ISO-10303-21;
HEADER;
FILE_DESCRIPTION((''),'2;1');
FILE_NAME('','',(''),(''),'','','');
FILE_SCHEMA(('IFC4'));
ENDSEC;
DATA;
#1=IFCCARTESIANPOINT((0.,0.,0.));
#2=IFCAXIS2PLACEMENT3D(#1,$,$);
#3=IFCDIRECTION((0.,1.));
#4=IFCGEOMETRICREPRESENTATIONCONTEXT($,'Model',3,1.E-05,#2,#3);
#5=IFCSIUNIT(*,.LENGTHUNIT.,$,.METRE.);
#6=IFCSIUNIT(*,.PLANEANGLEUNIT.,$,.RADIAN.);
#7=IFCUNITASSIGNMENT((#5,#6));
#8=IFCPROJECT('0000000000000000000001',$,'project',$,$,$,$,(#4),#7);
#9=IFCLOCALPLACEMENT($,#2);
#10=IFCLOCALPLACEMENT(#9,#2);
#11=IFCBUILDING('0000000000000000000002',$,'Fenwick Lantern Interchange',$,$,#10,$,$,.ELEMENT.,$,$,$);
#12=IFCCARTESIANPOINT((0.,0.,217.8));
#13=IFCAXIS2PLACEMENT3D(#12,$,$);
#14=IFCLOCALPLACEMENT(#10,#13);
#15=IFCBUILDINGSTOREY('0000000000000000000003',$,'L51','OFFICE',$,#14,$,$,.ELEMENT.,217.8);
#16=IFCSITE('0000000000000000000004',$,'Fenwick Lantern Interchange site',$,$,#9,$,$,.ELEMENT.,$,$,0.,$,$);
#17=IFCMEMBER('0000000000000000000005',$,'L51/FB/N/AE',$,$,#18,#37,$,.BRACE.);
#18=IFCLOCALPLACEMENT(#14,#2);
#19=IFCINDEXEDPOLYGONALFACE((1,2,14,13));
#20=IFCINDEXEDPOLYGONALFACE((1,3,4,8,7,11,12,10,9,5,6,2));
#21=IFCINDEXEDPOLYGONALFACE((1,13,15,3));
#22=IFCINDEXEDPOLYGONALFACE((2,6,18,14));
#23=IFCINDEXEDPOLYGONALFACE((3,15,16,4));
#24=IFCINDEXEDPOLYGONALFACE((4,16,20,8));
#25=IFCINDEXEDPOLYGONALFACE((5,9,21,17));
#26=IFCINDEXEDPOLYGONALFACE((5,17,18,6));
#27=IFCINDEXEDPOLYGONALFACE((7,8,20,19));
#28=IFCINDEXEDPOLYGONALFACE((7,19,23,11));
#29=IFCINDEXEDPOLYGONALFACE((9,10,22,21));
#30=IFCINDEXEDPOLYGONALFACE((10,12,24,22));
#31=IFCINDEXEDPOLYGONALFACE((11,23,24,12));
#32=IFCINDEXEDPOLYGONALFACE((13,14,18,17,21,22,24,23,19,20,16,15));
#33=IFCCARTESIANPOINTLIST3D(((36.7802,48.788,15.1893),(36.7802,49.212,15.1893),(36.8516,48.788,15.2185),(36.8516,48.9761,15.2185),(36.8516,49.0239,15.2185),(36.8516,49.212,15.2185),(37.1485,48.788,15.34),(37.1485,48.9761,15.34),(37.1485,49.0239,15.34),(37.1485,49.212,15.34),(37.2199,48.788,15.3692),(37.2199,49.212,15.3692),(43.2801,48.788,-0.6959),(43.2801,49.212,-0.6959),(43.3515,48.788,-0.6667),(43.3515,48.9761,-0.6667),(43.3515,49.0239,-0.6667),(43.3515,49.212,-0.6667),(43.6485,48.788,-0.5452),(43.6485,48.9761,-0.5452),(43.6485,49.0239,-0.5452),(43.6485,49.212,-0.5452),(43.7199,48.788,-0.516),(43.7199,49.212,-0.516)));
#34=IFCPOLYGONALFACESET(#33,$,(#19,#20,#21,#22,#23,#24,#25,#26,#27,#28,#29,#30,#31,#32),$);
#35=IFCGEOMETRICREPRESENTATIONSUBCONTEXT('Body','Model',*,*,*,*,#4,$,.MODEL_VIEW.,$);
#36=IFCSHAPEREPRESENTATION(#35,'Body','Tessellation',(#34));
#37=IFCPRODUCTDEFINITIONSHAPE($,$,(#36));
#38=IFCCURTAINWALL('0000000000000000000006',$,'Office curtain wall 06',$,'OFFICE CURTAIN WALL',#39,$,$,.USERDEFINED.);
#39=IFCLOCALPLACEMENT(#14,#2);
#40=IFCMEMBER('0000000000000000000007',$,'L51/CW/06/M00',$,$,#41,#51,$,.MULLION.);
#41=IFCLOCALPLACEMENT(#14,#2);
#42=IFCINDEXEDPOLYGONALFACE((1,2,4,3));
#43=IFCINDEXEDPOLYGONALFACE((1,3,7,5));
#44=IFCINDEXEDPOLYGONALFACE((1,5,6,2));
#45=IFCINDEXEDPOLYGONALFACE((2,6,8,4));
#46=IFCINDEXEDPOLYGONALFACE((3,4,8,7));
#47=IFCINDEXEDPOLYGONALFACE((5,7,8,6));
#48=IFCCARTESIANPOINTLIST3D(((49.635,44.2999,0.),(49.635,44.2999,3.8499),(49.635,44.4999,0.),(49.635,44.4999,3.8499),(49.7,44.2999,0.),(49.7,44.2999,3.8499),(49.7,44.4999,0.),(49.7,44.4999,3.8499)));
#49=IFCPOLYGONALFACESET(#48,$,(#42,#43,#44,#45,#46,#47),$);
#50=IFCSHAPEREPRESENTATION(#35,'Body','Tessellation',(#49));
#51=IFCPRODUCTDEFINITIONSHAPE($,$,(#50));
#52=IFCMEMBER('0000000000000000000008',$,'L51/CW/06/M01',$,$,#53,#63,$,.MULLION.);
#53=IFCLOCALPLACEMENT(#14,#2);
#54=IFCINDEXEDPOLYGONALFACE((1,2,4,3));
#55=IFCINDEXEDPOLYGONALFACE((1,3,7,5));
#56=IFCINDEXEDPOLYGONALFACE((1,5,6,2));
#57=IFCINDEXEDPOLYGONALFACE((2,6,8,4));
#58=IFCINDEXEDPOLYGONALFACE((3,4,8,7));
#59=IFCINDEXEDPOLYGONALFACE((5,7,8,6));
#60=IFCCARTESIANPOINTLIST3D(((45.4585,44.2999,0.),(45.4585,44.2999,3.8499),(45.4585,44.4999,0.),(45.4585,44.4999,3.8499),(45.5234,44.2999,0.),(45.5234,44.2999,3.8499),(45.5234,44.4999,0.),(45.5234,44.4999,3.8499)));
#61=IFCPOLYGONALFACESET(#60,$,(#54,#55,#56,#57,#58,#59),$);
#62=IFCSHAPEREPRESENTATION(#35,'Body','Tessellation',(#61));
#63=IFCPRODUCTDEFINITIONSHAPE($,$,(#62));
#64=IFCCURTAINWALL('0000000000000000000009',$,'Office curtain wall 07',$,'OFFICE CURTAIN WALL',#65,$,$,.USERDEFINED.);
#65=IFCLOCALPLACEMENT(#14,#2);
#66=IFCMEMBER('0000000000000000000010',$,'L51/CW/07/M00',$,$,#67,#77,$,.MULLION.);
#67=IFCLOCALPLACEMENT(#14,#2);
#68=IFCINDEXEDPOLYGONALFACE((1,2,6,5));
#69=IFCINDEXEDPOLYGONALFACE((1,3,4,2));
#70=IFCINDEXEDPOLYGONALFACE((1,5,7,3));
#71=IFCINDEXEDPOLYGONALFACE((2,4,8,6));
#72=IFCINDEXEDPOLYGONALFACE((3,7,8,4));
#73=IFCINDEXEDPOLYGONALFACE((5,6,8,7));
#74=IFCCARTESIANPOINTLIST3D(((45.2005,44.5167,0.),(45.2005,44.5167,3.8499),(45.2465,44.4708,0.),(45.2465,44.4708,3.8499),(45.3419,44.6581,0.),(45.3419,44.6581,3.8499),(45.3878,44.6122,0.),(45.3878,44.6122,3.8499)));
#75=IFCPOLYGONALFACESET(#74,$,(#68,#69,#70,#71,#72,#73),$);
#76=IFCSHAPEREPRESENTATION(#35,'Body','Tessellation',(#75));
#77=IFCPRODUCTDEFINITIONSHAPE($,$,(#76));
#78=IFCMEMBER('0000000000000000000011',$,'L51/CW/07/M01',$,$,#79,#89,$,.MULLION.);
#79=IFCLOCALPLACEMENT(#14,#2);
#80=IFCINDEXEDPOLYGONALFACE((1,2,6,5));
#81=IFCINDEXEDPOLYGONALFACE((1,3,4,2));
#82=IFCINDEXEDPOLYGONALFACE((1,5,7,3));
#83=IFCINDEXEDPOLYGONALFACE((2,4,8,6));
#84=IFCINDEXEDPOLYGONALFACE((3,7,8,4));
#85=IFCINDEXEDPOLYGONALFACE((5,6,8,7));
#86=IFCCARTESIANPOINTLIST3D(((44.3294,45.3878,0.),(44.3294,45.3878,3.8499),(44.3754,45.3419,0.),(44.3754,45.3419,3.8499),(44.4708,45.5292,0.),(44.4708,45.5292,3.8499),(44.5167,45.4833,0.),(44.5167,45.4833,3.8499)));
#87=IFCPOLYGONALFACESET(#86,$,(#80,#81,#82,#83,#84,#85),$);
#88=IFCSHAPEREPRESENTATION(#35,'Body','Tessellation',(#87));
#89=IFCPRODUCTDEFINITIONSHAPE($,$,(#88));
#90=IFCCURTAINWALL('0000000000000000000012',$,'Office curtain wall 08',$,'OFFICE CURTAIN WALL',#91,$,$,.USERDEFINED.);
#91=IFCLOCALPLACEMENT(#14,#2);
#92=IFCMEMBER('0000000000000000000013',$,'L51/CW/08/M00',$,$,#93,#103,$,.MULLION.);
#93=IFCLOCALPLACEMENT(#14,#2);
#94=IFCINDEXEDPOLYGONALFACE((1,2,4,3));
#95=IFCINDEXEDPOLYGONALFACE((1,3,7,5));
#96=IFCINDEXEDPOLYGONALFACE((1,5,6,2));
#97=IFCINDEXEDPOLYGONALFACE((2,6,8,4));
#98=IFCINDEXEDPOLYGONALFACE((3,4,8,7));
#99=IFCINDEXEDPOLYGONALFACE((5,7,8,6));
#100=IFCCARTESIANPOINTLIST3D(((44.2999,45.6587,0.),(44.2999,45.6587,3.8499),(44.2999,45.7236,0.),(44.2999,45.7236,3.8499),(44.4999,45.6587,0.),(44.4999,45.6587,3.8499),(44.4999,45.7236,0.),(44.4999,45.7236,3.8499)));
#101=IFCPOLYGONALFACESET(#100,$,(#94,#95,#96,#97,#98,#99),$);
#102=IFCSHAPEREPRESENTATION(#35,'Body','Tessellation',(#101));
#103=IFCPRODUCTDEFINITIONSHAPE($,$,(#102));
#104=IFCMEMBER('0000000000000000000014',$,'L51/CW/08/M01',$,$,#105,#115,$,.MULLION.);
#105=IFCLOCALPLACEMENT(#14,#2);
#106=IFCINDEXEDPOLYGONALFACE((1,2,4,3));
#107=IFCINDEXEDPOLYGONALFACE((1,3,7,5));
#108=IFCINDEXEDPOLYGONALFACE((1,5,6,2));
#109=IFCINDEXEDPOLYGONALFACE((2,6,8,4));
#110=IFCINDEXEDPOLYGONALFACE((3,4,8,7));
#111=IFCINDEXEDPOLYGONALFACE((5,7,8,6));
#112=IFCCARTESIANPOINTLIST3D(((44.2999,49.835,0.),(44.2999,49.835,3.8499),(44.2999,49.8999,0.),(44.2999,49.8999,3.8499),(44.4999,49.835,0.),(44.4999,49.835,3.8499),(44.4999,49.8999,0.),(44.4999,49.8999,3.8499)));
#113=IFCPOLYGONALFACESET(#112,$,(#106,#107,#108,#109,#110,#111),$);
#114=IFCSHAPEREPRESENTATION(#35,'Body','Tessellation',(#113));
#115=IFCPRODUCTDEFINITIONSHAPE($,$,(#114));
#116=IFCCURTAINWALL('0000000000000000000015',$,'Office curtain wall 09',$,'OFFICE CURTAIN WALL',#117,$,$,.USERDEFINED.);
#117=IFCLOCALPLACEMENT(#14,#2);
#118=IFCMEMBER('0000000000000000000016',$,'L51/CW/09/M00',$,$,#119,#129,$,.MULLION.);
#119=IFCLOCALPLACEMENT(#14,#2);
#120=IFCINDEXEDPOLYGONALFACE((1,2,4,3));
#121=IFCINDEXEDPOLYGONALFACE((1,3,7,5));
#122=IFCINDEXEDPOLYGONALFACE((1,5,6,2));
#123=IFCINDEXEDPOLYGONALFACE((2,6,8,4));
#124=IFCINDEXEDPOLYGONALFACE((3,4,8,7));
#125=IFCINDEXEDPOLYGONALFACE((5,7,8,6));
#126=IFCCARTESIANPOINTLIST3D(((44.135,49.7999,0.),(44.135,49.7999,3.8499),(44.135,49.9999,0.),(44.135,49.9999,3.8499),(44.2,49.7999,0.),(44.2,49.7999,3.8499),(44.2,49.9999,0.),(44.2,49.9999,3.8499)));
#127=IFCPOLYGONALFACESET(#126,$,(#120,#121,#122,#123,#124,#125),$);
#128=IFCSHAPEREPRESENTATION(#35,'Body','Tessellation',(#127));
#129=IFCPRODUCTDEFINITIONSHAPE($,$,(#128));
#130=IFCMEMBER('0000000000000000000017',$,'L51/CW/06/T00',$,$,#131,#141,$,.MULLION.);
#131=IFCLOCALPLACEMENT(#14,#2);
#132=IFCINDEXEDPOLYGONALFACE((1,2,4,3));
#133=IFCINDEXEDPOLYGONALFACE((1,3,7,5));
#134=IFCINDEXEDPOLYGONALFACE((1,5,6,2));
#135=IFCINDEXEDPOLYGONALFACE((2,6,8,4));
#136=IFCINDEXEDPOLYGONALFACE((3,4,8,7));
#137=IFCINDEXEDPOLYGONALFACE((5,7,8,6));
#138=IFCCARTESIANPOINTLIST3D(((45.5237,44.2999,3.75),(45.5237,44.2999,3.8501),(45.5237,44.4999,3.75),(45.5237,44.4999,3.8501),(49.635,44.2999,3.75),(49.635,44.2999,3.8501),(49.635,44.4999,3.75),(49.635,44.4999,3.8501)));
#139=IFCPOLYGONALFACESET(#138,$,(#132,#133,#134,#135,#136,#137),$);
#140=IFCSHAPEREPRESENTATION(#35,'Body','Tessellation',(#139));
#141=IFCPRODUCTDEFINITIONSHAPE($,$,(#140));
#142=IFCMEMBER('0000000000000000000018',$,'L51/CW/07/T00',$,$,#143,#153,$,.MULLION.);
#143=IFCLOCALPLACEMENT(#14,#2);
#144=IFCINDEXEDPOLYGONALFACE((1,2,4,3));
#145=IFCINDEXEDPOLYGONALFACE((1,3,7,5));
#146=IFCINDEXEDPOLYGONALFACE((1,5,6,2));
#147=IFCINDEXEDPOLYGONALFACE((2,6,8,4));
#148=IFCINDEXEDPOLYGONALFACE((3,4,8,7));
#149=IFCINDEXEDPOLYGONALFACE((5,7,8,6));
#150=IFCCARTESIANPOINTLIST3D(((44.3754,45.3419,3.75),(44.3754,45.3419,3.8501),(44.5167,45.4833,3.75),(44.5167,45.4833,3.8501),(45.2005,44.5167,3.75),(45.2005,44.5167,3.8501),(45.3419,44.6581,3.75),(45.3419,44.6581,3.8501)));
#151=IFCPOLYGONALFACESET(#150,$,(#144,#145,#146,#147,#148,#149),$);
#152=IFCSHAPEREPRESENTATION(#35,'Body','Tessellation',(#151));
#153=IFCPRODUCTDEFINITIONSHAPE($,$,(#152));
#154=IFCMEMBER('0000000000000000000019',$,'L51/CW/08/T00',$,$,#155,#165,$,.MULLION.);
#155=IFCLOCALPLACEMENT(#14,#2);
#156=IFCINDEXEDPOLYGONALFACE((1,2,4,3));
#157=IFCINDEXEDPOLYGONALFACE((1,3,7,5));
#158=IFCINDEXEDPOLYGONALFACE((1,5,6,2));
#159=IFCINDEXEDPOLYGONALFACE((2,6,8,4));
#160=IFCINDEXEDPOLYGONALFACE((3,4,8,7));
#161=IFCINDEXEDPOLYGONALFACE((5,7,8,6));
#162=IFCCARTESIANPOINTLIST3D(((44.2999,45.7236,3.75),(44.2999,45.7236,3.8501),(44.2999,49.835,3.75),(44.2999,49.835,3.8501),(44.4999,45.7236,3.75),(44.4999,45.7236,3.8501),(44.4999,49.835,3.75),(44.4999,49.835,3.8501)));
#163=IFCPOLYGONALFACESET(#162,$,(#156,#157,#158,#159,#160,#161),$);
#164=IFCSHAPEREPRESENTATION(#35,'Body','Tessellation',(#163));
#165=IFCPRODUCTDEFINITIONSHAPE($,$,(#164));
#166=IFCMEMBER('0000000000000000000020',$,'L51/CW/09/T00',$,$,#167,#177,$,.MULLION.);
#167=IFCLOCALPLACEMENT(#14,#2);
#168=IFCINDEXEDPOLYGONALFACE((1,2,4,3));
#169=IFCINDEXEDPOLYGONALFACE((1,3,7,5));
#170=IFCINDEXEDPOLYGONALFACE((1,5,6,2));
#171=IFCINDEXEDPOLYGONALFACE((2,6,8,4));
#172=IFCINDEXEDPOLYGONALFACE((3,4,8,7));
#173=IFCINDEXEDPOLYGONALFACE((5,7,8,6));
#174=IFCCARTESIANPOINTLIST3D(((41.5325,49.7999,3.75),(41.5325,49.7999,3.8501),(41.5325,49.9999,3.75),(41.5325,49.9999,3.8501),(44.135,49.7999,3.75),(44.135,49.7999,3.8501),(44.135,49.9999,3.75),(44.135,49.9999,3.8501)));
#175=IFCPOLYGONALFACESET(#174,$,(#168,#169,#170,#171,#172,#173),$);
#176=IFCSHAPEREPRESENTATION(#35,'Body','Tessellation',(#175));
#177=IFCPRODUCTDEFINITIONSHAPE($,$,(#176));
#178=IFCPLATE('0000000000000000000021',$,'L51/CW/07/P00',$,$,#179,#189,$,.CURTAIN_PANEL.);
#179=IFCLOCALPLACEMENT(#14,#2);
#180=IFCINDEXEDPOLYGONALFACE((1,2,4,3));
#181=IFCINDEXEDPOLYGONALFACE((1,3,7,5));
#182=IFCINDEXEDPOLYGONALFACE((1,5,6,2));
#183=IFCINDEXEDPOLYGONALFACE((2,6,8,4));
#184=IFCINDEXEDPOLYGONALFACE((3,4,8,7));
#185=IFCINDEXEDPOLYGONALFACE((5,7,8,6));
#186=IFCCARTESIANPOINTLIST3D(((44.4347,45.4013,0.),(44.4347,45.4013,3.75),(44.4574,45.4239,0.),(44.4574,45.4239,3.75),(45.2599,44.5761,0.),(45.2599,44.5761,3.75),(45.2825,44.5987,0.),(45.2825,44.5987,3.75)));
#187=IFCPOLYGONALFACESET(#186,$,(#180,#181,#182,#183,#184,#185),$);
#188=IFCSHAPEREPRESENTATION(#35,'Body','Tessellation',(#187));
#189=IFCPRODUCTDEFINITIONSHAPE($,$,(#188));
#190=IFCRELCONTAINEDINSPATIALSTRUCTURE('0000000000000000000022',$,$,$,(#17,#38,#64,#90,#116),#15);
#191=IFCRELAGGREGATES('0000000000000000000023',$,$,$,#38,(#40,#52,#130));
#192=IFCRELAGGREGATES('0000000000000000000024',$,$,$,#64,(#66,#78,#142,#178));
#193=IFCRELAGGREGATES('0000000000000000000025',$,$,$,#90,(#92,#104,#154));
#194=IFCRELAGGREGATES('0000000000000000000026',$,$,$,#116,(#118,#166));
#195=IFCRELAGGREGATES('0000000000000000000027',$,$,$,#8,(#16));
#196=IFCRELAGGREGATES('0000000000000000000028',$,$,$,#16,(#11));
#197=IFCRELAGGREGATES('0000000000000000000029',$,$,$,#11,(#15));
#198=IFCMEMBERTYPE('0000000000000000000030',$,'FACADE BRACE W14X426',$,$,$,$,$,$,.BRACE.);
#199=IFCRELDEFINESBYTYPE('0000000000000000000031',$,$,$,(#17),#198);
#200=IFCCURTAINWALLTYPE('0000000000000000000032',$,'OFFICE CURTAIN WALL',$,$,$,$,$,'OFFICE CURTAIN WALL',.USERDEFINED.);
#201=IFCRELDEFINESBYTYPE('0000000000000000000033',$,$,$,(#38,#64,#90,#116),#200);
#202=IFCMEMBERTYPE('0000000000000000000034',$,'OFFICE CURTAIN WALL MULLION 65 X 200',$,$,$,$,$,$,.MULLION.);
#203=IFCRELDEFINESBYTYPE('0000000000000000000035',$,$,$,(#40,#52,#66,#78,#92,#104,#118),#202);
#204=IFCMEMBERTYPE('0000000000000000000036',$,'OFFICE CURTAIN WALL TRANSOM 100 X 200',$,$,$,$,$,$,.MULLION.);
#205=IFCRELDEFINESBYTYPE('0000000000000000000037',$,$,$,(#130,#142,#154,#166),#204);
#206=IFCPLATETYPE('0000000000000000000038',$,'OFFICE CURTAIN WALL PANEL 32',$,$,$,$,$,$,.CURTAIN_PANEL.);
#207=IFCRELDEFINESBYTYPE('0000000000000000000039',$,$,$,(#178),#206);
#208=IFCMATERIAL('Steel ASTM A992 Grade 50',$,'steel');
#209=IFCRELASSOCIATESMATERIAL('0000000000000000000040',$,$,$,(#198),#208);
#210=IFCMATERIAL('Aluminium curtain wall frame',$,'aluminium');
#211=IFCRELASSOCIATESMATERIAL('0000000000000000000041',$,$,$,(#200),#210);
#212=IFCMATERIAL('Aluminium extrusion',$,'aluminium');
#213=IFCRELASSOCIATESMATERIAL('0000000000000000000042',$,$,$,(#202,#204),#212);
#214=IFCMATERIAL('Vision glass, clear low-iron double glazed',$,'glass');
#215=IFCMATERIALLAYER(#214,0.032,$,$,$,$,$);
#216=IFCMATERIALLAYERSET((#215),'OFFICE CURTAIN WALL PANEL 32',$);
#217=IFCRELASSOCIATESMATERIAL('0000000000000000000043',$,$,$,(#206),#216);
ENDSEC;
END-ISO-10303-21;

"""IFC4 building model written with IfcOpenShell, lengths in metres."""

from ifc_helpers import new_model, si_unit, direction, frame, origin, origin_2d, place, context, subcontext, project, spatial, rectangle, i_section, extrude, material, layer, layer_set, material_profile, profile_set, type_object, element, aggregate, save


model = new_model("IFC4")

# Units and contexts
model_context = context("Model", 3, precision=1e-05, world=origin(), true_north=direction((0.0, 1.0)))
body_context = subcontext(model_context, "Body", "Model", "MODEL_VIEW")
ifc_project = project(units=[si_unit("LENGTHUNIT", "METRE"), si_unit("PLANEANGLEUNIT", "RADIAN")], contexts=[model_context])

# Site, building, storey
site_placement = place(None, origin())
site = spatial("IfcSite", under=ifc_project, at=site_placement, Name="Fenwick Lantern Interchange site", CompositionType="ELEMENT", RefElevation=0.0)
building_placement = place(site_placement, origin())
building = spatial("IfcBuilding", under=site, at=building_placement, Name="Fenwick Lantern Interchange", CompositionType="ELEMENT")
storey_placement = place(building_placement, frame((0.0, 0.0, 217.8)))
storey = spatial("IfcBuildingStorey", under=building, at=storey_placement, Name="L51", Description="OFFICE", CompositionType="ELEMENT", Elevation=217.8)

# Member
ifc_material_1 = material(Name="Steel ASTM A992 Grade 50", Category="steel")
ifc_material_profile_1 = material_profile(ifc_material_1, i_section(OverallWidth=0.4241, OverallDepth=0.4751, WebThickness=0.0479, FlangeThickness=0.0771, at=origin_2d()), Name="W14X426")
ifc_profile_set_1 = profile_set([ifc_material_profile_1], Name="Steel ASTM A992 Grade 50")
member_type_1 = type_object("IfcMemberType", Name="FACADE BRACE W14X426", PredefinedType="BRACE", material=ifc_profile_set_1)
member_1_placement = place(storey_placement, frame((43.5, 49.0, -0.606), z_axis=(-0.378707, 0.0, 0.925517), x_axis=(0.0, -1.0, 0.0)))
element("IfcMember", 1, at=member_1_placement, inside=storey, type_object=member_type_1, Name="L51/FB/N/AE", PredefinedType="BRACE", context=body_context, shape_type="SweptSolid", body=[
    extrude(i_section(OverallWidth=0.4241, OverallDepth=0.4751, WebThickness=0.0479, FlangeThickness=0.0771, at=origin_2d()), origin(), (0.0, 0.0, 1.0), 17.1636),
])

# Curtain walls, members
ifc_material_2 = material(Name="Aluminium curtain wall frame", Category="aluminium")
curtain_wall_type = type_object("IfcCurtainWallType", Name="OFFICE CURTAIN WALL", ElementType="OFFICE CURTAIN WALL", PredefinedType="USERDEFINED", material=ifc_material_2)
curtain_wall_1_placement = place(storey_placement, origin())
curtain_wall_1 = element("IfcCurtainWall", 2, at=curtain_wall_1_placement, inside=storey, type_object=curtain_wall_type, Name="Office curtain wall 06", ObjectType="OFFICE CURTAIN WALL", PredefinedType="USERDEFINED")
ifc_material_3 = material(Name="Aluminium extrusion", Category="aluminium")
ifc_material_profile_2 = material_profile(ifc_material_3, rectangle(XDim=0.2, YDim=0.0649, at=origin_2d()), Name="OFFICE CURTAIN WALL MULLION 65 X 200")
ifc_profile_set_2 = profile_set([ifc_material_profile_2], Name="Aluminium extrusion")
member_type_2 = type_object("IfcMemberType", Name="OFFICE CURTAIN WALL MULLION 65 X 200", PredefinedType="MULLION", material=ifc_profile_set_2)
member_2_placement = place(storey_placement, frame((49.6675, 44.3999, 0.0), z_axis=(0.0, 0.0, 1.0), x_axis=(0.0, -1.0, 0.0)))
member_2 = element("IfcMember", 3, at=member_2_placement, type_object=member_type_2, Name="L51/CW/06/M00", PredefinedType="MULLION", context=body_context, shape_type="SweptSolid", body=[
    extrude(rectangle(XDim=0.2, YDim=0.0649, at=origin_2d()), origin(), (0.0, 0.0, 1.0), 3.8499),
])
member_3_placement = place(storey_placement, frame((45.491, 44.3999, 0.0), z_axis=(0.0, 0.0, 1.0), x_axis=(0.0, -1.0, 0.0)))
member_3 = element("IfcMember", 4, at=member_3_placement, type_object=member_type_2, Name="L51/CW/06/M01", PredefinedType="MULLION", context=body_context, shape_type="SweptSolid", body=[
    extrude(rectangle(XDim=0.2, YDim=0.0649, at=origin_2d()), origin(), (0.0, 0.0, 1.0), 3.8499),
])
curtain_wall_2_placement = place(storey_placement, origin())
curtain_wall_2 = element("IfcCurtainWall", 5, at=curtain_wall_2_placement, inside=storey, type_object=curtain_wall_type, Name="Office curtain wall 07", ObjectType="OFFICE CURTAIN WALL", PredefinedType="USERDEFINED")
member_4_placement = place(storey_placement, frame((45.2942, 44.5645, 0.0), z_axis=(0.0, 0.0, 1.0), x_axis=(-0.707107, -0.707107, 0.0)))
member_4 = element("IfcMember", 6, at=member_4_placement, type_object=member_type_2, Name="L51/CW/07/M00", PredefinedType="MULLION", context=body_context, shape_type="SweptSolid", body=[
    extrude(rectangle(XDim=0.2, YDim=0.0649, at=origin_2d()), origin(), (0.0, 0.0, 1.0), 3.8499),
])
member_5_placement = place(storey_placement, frame((44.4231, 45.4355, 0.0), z_axis=(0.0, 0.0, 1.0), x_axis=(-0.707107, -0.707107, 0.0)))
member_5 = element("IfcMember", 7, at=member_5_placement, type_object=member_type_2, Name="L51/CW/07/M01", PredefinedType="MULLION", context=body_context, shape_type="SweptSolid", body=[
    extrude(rectangle(XDim=0.2, YDim=0.0649, at=origin_2d()), origin(), (0.0, 0.0, 1.0), 3.8499),
])
curtain_wall_3_placement = place(storey_placement, origin())
curtain_wall_3 = element("IfcCurtainWall", 8, at=curtain_wall_3_placement, inside=storey, type_object=curtain_wall_type, Name="Office curtain wall 08", ObjectType="OFFICE CURTAIN WALL", PredefinedType="USERDEFINED")
member_6_placement = place(storey_placement, frame((44.3999, 45.6912, 0.0), z_axis=(0.0, 0.0, 1.0), x_axis=(-1.0, 0.0, 0.0)))
member_6 = element("IfcMember", 9, at=member_6_placement, type_object=member_type_2, Name="L51/CW/08/M00", PredefinedType="MULLION", context=body_context, shape_type="SweptSolid", body=[
    extrude(rectangle(XDim=0.2, YDim=0.0649, at=origin_2d()), origin(), (0.0, 0.0, 1.0), 3.8499),
])
member_7_placement = place(storey_placement, frame((44.3999, 49.8674, 0.0), z_axis=(0.0, 0.0, 1.0), x_axis=(-1.0, 0.0, 0.0)))
member_7 = element("IfcMember", 10, at=member_7_placement, type_object=member_type_2, Name="L51/CW/08/M01", PredefinedType="MULLION", context=body_context, shape_type="SweptSolid", body=[
    extrude(rectangle(XDim=0.2, YDim=0.0649, at=origin_2d()), origin(), (0.0, 0.0, 1.0), 3.8499),
])

# Curtain wall, member
curtain_wall_4_placement = place(storey_placement, origin())
curtain_wall_4 = element("IfcCurtainWall", 11, at=curtain_wall_4_placement, inside=storey, type_object=curtain_wall_type, Name="Office curtain wall 09", ObjectType="OFFICE CURTAIN WALL", PredefinedType="USERDEFINED")
member_8_placement = place(storey_placement, frame((44.1675, 49.8999, 0.0), z_axis=(0.0, 0.0, 1.0), x_axis=(0.0, -1.0, 0.0)))
member_8 = element("IfcMember", 12, at=member_8_placement, type_object=member_type_2, Name="L51/CW/09/M00", PredefinedType="MULLION", context=body_context, shape_type="SweptSolid", body=[
    extrude(rectangle(XDim=0.2, YDim=0.0649, at=origin_2d()), origin(), (0.0, 0.0, 1.0), 3.8499),
])

# Members
ifc_material_profile_3 = material_profile(ifc_material_3, rectangle(XDim=0.2, YDim=0.1001, at=origin_2d()), Name="OFFICE CURTAIN WALL TRANSOM 100 X 200")
ifc_profile_set_3 = profile_set([ifc_material_profile_3], Name="Aluminium extrusion")
member_type_3 = type_object("IfcMemberType", Name="OFFICE CURTAIN WALL TRANSOM 100 X 200", PredefinedType="MULLION", material=ifc_profile_set_3)
member_9_placement = place(storey_placement, frame((49.635, 44.3999, 3.8), z_axis=(-1.0, 0.0, 0.0), x_axis=(0.0, -1.0, 0.0)))
member_9 = element("IfcMember", 13, at=member_9_placement, type_object=member_type_3, Name="L51/CW/06/T00", PredefinedType="MULLION", context=body_context, shape_type="SweptSolid", body=[
    extrude(rectangle(XDim=0.2, YDim=0.1001, at=origin_2d()), origin(), (0.0, 0.0, 1.0), 4.1113),
])
member_10_placement = place(storey_placement, frame((45.2712, 44.5874, 3.8), z_axis=(-0.707107, 0.707107, 0.0), x_axis=(-0.707107, -0.707107, 0.0)))
member_10 = element("IfcMember", 14, at=member_10_placement, type_object=member_type_3, Name="L51/CW/07/T00", PredefinedType="MULLION", context=body_context, shape_type="SweptSolid", body=[
    extrude(rectangle(XDim=0.2, YDim=0.1001, at=origin_2d()), origin(), (0.0, 0.0, 1.0), 1.167),
])
member_11_placement = place(storey_placement, frame((44.3999, 45.7236, 3.8), z_axis=(0.0, 1.0, 0.0), x_axis=(-1.0, 0.0, 0.0)))
member_11 = element("IfcMember", 15, at=member_11_placement, type_object=member_type_3, Name="L51/CW/08/T00", PredefinedType="MULLION", context=body_context, shape_type="SweptSolid", body=[
    extrude(rectangle(XDim=0.2, YDim=0.1001, at=origin_2d()), origin(), (0.0, 0.0, 1.0), 4.1113),
])
member_12_placement = place(storey_placement, frame((44.135, 49.8999, 3.8), z_axis=(-1.0, 0.0, 0.0), x_axis=(0.0, -1.0, 0.0)))
member_12 = element("IfcMember", 16, at=member_12_placement, type_object=member_type_3, Name="L51/CW/09/T00", PredefinedType="MULLION", context=body_context, shape_type="SweptSolid", body=[
    extrude(rectangle(XDim=0.2, YDim=0.1001, at=origin_2d()), origin(), (0.0, 0.0, 1.0), 2.6025),
])

# Plate
ifc_material_4 = material(Name="Vision glass, clear low-iron double glazed", Category="glass")
ifc_layer_1 = layer(ifc_material_4, 0.032)
ifc_layer_set_1 = layer_set([ifc_layer_1], Name="OFFICE CURTAIN WALL PANEL 32")
plate_type = type_object("IfcPlateType", Name="OFFICE CURTAIN WALL PANEL 32", PredefinedType="CURTAIN_PANEL", material=ifc_layer_set_1)
aggregate(curtain_wall_1, [member_2, member_3, member_9])
plate_1_placement = place(storey_placement, frame((44.8586, 45.0, 0.0), z_axis=(0.0, 0.0, 1.0), x_axis=(-0.707107, 0.707107, 0.0)))
plate_1 = element("IfcPlate", 17, at=plate_1_placement, type_object=plate_type, Name="L51/CW/07/P00", PredefinedType="CURTAIN_PANEL", context=body_context, shape_type="SweptSolid", body=[
    extrude(rectangle(XDim=1.167, YDim=0.032, at=origin_2d()), origin(), (0.0, 0.0, 1.0), 3.75),
])
aggregate(curtain_wall_2, [member_4, member_5, member_10, plate_1])
aggregate(curtain_wall_3, [member_6, member_7, member_11])
aggregate(curtain_wall_4, [member_8, member_12])

save(model, "model.ifc")
